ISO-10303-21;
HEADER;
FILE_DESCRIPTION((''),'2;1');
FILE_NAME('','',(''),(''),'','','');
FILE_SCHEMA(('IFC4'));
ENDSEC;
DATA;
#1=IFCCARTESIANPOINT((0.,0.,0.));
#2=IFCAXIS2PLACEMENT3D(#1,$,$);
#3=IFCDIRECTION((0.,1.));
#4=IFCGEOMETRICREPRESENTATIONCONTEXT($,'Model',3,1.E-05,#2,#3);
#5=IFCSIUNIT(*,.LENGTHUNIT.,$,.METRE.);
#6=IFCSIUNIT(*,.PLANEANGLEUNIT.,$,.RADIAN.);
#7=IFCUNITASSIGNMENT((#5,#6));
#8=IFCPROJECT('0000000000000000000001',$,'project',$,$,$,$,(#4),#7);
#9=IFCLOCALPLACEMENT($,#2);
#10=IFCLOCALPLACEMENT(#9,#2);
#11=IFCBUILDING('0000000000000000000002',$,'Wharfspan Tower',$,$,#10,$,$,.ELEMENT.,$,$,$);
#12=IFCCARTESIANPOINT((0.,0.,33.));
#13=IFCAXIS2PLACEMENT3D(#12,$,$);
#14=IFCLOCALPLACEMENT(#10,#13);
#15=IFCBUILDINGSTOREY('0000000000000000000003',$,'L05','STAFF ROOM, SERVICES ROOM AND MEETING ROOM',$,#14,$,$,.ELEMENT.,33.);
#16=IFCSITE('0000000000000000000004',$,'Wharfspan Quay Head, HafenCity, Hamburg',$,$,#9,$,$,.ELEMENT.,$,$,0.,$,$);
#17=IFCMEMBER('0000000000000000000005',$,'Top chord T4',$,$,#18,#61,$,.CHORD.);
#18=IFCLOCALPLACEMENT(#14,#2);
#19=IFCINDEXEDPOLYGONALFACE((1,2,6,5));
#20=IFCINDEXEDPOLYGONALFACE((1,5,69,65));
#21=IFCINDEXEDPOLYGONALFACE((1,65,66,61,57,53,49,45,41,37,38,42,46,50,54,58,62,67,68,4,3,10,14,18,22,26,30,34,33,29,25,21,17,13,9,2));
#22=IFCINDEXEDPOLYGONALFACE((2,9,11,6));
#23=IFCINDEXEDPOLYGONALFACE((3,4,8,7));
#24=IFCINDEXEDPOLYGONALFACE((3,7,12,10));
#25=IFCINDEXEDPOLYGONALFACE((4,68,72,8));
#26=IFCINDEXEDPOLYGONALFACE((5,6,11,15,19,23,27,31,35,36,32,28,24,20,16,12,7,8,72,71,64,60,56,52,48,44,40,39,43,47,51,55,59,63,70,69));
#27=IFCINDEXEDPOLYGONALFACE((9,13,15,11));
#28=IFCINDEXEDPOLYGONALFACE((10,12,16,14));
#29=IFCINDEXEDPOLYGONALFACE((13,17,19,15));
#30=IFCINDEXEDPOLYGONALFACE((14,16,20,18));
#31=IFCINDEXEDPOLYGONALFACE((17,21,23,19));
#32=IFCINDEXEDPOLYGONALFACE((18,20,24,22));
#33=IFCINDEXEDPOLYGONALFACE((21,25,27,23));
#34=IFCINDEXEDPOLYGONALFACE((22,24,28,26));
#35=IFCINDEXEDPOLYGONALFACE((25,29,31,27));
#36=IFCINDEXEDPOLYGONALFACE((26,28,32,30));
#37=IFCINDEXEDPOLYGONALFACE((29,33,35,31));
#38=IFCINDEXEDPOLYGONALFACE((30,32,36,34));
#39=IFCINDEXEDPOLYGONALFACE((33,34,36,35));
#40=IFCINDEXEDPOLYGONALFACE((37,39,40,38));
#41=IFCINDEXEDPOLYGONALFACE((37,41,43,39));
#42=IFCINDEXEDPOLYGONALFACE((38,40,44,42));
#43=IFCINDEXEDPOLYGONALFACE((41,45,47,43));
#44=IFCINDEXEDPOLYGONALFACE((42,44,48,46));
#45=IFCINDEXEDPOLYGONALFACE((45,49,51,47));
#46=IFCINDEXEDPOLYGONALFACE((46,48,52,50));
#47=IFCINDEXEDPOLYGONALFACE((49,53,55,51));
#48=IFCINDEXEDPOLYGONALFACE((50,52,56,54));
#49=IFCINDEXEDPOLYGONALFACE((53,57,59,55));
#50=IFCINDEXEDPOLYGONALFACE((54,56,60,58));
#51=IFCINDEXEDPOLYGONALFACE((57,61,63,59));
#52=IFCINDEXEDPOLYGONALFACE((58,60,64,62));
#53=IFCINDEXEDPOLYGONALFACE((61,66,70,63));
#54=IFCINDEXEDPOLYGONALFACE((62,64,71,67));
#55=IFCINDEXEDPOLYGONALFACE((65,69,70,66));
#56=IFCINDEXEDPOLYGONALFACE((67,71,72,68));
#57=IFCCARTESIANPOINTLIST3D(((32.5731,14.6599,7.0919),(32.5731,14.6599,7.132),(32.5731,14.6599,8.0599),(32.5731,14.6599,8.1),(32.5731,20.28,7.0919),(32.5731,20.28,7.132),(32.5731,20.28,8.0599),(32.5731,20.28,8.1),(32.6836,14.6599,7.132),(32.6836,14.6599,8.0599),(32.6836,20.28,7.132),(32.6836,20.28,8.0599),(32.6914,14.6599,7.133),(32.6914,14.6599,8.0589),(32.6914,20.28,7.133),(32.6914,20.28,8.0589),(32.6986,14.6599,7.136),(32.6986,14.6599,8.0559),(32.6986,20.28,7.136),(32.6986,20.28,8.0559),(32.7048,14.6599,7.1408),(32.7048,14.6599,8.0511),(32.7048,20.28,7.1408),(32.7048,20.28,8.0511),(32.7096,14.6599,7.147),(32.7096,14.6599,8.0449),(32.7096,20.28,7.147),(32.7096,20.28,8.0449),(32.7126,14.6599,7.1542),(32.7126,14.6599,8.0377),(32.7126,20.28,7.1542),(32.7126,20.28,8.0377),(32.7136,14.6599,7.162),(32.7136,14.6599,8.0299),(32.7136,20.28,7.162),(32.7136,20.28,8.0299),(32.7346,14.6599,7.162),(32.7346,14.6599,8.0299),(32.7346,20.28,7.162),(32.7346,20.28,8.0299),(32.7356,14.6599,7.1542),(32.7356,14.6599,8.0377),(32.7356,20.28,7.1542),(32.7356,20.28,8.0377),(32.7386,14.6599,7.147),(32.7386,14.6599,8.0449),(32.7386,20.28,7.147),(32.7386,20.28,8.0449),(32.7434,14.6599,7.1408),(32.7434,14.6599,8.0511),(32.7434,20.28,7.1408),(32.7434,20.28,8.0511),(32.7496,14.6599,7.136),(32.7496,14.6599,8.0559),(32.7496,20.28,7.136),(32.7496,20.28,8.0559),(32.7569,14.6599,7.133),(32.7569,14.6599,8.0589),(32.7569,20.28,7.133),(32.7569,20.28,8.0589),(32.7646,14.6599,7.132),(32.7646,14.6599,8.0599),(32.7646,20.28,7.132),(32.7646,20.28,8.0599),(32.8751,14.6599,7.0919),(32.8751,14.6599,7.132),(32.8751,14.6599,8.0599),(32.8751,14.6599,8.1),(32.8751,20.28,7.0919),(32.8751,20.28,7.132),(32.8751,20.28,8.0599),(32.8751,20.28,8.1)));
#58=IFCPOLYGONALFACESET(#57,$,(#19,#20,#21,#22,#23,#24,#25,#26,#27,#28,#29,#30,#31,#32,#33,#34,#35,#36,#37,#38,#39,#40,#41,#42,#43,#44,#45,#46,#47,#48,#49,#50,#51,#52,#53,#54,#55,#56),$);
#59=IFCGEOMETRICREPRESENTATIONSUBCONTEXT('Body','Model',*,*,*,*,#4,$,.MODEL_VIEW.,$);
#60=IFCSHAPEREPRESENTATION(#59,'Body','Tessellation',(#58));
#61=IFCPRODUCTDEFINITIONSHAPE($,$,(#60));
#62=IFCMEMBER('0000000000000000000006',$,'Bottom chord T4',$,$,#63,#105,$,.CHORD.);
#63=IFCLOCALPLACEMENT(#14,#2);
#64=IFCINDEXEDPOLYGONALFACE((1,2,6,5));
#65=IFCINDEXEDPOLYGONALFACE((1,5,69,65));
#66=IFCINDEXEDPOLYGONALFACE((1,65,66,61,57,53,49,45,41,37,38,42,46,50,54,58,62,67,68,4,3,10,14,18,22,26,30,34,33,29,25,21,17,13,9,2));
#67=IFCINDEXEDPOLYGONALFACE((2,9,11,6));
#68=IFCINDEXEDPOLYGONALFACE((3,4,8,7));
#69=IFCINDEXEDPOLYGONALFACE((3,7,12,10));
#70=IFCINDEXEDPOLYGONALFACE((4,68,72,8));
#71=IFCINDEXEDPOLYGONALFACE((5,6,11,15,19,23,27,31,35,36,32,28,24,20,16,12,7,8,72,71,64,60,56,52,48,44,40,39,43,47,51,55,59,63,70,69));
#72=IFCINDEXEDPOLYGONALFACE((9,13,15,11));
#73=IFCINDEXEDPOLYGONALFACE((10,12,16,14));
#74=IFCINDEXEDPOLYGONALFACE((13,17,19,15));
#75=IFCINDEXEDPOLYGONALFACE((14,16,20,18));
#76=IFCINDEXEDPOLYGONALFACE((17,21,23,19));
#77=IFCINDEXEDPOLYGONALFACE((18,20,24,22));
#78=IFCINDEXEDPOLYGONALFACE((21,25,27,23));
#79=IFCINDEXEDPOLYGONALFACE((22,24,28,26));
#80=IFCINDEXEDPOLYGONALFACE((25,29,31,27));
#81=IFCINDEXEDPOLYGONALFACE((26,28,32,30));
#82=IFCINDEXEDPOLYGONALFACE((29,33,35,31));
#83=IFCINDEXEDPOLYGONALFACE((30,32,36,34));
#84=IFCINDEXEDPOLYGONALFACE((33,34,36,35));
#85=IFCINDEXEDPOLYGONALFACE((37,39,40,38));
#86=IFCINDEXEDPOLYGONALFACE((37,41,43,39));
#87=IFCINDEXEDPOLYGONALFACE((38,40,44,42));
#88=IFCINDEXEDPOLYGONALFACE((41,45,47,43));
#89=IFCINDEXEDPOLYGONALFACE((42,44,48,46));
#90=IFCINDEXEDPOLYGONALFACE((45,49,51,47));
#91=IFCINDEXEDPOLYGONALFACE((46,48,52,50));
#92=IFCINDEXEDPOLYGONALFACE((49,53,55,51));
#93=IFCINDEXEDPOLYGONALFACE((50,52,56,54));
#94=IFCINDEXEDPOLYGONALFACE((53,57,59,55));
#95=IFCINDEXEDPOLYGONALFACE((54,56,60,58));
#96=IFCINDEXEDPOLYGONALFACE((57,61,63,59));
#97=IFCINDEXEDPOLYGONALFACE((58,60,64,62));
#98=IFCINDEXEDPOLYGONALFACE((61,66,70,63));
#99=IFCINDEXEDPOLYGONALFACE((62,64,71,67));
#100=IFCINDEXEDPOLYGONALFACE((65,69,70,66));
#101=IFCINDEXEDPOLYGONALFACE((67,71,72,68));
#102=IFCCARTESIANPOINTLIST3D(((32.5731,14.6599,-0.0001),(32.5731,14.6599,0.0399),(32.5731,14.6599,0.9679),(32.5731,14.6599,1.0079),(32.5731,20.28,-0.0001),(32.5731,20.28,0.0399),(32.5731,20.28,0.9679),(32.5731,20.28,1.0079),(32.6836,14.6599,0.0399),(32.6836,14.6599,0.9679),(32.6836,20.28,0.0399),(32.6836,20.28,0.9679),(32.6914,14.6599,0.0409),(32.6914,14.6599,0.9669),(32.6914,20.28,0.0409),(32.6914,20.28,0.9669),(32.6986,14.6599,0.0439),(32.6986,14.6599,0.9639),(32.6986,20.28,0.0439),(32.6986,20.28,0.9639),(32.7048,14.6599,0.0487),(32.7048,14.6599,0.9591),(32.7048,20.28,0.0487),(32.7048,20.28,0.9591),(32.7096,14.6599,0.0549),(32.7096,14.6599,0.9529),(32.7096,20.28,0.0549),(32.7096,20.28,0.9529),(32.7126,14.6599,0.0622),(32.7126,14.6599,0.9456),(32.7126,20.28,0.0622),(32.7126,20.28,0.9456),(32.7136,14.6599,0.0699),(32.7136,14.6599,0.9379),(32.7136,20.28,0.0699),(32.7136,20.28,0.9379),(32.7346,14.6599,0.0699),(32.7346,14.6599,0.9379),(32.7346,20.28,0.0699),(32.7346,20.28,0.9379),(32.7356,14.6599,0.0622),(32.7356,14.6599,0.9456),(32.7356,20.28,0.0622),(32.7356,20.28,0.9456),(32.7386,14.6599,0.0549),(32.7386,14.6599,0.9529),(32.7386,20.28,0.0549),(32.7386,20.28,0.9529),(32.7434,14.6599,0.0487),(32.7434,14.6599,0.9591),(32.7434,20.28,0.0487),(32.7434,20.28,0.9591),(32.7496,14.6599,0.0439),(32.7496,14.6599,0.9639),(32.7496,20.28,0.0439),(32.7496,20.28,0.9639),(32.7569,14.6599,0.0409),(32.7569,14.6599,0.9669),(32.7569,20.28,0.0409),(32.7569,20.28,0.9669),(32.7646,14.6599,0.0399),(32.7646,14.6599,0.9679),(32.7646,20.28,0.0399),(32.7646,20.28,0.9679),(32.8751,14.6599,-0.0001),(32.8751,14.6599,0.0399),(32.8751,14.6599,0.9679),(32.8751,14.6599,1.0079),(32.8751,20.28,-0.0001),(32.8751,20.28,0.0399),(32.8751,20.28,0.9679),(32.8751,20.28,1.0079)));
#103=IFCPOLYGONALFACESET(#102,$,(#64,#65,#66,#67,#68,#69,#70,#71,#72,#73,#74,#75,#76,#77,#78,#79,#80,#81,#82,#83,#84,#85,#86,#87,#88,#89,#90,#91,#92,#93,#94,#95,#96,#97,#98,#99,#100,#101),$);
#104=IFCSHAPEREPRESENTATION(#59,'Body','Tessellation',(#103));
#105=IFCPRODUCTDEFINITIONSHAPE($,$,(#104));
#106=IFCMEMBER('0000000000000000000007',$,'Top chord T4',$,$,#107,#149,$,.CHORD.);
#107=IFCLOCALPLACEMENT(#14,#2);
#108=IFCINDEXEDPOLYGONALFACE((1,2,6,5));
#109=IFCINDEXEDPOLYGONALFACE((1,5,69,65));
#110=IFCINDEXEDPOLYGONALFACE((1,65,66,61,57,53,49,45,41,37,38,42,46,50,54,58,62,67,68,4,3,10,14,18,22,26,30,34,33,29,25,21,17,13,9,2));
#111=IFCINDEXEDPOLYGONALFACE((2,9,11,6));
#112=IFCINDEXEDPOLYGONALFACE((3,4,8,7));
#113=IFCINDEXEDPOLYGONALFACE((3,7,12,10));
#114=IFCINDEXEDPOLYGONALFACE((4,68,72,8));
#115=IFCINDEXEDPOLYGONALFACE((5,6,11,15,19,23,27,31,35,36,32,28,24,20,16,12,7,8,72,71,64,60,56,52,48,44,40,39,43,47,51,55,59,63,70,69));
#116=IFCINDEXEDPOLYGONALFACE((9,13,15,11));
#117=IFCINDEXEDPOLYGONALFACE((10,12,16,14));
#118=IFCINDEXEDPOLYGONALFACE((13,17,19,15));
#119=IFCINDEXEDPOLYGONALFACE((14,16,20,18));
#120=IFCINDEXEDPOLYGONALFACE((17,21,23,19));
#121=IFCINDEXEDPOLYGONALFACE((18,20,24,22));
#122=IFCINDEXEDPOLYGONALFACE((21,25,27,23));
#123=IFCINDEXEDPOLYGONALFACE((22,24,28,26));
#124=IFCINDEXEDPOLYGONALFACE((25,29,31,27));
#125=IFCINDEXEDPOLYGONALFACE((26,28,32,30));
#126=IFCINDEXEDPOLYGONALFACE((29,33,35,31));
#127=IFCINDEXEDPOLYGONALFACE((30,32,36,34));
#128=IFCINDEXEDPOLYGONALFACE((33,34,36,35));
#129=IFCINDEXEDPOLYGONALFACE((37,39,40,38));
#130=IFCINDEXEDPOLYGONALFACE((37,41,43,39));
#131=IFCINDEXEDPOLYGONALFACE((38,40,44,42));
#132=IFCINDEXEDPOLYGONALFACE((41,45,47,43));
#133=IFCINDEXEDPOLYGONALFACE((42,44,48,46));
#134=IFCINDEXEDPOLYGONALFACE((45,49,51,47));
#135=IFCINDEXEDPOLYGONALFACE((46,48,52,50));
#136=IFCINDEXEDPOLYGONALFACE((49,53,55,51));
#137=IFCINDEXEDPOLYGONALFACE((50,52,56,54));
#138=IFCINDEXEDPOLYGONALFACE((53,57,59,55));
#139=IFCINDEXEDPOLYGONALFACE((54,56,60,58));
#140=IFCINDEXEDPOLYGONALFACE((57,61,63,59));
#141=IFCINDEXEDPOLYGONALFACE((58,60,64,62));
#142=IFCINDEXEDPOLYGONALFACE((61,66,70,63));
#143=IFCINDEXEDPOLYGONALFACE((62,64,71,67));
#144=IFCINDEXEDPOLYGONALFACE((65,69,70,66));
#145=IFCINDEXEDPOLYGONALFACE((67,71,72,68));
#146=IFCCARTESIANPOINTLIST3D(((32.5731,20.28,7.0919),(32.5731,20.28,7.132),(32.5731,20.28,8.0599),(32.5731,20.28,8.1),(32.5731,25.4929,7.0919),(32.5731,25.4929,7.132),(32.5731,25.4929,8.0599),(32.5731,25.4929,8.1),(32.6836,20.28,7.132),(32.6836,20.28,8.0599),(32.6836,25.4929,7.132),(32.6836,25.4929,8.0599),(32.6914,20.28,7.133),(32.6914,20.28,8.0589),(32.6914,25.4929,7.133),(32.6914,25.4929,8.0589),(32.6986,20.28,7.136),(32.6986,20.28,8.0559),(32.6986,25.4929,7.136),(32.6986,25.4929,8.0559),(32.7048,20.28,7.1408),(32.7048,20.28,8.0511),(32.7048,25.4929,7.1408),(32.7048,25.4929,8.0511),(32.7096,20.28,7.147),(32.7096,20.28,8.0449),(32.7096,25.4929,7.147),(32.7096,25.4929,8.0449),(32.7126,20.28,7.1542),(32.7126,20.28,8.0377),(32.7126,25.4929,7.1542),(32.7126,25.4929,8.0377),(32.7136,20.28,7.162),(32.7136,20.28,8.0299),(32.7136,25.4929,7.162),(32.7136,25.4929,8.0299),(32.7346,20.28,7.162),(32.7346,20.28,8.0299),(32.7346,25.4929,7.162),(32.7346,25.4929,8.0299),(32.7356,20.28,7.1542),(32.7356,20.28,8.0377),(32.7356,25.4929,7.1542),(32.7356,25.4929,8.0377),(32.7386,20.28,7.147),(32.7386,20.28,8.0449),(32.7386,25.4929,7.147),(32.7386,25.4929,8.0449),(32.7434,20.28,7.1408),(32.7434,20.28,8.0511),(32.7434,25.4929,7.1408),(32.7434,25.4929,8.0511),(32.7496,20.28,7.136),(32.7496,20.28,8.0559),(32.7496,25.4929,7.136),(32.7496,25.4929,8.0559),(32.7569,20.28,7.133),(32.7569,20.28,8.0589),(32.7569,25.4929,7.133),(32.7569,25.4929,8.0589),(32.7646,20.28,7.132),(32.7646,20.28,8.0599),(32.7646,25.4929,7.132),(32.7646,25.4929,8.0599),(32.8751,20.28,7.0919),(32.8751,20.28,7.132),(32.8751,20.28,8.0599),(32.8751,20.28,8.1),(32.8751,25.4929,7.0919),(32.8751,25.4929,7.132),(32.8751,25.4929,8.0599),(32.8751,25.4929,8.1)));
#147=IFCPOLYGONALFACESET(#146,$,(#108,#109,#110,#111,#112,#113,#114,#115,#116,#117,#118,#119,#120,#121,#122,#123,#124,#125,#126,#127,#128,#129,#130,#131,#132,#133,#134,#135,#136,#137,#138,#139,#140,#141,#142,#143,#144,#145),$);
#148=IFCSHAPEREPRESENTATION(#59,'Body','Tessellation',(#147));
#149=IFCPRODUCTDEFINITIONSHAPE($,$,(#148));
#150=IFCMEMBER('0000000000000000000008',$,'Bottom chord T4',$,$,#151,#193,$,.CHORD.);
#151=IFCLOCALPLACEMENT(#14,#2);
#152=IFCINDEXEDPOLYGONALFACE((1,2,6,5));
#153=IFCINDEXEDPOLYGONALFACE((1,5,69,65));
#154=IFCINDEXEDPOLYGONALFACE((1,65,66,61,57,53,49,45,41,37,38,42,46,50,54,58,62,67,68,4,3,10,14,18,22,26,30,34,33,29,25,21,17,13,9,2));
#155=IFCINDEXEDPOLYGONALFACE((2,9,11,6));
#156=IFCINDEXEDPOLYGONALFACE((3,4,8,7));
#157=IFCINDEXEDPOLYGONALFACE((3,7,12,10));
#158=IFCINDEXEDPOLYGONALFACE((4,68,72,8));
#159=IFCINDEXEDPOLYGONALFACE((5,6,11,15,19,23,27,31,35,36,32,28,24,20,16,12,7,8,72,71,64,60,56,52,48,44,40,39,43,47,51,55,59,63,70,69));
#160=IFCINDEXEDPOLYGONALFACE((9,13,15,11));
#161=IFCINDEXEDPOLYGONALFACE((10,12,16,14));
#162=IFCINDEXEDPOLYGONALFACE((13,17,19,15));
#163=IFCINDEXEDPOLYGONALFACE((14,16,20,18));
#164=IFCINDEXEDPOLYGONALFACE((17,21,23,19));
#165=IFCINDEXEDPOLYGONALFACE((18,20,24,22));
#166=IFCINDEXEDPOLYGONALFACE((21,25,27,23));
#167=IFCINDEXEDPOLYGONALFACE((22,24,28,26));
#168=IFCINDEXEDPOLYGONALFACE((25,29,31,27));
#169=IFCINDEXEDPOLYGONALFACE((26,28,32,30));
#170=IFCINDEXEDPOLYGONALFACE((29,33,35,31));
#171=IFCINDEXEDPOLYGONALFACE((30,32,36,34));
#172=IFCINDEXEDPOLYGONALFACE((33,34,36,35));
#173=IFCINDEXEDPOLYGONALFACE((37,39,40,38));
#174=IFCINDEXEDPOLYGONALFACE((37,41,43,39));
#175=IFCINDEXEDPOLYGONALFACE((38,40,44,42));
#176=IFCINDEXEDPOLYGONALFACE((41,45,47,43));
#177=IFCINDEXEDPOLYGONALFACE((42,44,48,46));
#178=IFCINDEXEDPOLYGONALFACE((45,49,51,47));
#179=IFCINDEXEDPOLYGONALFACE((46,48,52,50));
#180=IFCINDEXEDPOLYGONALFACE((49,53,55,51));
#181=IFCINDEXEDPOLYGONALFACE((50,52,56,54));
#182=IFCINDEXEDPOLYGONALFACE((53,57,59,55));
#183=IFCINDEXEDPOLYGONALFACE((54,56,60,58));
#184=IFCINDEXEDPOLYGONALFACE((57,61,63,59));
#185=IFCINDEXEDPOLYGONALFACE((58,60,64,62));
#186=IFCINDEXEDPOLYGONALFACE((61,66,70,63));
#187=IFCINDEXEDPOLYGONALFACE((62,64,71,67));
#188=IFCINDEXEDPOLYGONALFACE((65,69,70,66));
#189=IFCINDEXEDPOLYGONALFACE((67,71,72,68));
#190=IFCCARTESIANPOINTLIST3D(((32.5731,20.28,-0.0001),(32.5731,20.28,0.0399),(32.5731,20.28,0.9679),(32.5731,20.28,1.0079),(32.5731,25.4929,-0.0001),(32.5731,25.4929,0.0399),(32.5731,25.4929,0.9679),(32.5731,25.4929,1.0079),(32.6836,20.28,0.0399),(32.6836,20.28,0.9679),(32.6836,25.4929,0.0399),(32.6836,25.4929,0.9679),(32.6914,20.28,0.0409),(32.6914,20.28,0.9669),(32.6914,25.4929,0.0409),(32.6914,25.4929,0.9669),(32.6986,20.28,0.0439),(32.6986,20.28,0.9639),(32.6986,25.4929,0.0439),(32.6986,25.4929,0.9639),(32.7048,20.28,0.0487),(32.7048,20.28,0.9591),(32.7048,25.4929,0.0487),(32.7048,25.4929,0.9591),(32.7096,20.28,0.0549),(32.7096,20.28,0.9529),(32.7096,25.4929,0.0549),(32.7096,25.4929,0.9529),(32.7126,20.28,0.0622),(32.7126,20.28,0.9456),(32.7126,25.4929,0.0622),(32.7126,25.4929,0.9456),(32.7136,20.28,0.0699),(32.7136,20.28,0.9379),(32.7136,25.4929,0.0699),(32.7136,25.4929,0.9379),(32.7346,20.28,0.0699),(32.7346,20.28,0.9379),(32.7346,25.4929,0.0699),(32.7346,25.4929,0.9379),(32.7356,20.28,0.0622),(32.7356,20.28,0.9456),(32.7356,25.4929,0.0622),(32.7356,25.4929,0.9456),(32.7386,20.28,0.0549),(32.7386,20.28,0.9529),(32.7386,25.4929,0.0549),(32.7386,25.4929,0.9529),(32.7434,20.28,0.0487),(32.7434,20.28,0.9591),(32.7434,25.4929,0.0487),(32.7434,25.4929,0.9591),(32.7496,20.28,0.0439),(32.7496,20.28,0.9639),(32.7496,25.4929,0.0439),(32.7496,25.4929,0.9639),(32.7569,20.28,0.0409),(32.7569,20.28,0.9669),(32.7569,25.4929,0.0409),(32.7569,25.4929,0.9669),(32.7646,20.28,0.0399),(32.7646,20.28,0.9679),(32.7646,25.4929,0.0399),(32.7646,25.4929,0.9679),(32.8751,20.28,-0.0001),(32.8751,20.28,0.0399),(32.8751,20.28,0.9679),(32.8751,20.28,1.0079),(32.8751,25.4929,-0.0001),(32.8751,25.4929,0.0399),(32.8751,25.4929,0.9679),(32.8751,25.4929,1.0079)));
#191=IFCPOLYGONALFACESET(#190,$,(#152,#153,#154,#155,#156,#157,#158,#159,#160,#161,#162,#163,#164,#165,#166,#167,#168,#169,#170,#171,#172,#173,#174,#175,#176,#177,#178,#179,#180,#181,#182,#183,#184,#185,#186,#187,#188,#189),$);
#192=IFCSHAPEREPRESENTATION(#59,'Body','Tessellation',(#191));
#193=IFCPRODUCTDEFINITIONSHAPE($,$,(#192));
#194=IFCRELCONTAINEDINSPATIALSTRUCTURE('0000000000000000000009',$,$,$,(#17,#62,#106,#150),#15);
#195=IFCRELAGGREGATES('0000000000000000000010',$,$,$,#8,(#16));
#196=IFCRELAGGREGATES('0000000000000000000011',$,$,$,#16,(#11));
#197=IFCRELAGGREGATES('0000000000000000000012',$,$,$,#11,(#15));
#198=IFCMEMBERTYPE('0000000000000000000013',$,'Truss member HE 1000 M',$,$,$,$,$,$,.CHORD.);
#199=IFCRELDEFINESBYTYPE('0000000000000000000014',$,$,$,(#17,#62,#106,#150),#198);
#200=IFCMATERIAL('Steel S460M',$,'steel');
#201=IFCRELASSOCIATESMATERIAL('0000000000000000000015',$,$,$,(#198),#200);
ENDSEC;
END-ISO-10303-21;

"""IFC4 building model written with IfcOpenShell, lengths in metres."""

from ifc_helpers import new_model, si_unit, direction, frame, origin, origin_2d, place, context, subcontext, project, spatial, i_section, extrude, material, material_profile, profile_set, type_object, element, save


model = new_model("IFC4")

# Units and contexts
model_context = context("Model", 3, precision=1e-05, world=origin(), true_north=direction((0.0, 1.0)))
body_context = subcontext(model_context, "Body", "Model", "MODEL_VIEW")
ifc_project = project(units=[si_unit("LENGTHUNIT", "METRE"), si_unit("PLANEANGLEUNIT", "RADIAN")], contexts=[model_context])

# Site, building, storey
site_placement = place(None, origin())
site = spatial("IfcSite", under=ifc_project, at=site_placement, Name="Wharfspan Quay Head, HafenCity, Hamburg", CompositionType="ELEMENT", RefElevation=0.0)
building_placement = place(site_placement, origin())
building = spatial("IfcBuilding", under=site, at=building_placement, Name="Wharfspan Tower", CompositionType="ELEMENT")
storey_placement = place(building_placement, frame((0.0, 0.0, 33.0)))
storey = spatial("IfcBuildingStorey", under=building, at=storey_placement, Name="L05", Description="STAFF ROOM, SERVICES ROOM AND MEETING ROOM", CompositionType="ELEMENT", Elevation=33.0)

# Members
ifc_material_1 = material(Name="Steel S460M", Category="steel")
ifc_material_profile_1 = material_profile(ifc_material_1, i_section(OverallWidth=0.302, OverallDepth=1.0081, WebThickness=0.021, FlangeThickness=0.04, FilletRadius=0.03, at=origin_2d()))
ifc_profile_set_1 = profile_set([ifc_material_profile_1], Name="Steel S460M")
member_type_1 = type_object("IfcMemberType", Name="Truss member HE 1000 M", PredefinedType="CHORD", material=ifc_profile_set_1)
for number, where, z_axis, x_axis, name in (
    (1, (32.7241, 14.6599, 7.5959), (0.0, 1.0, 0.0), (-1.0, 0.0, 0.0), "Top chord T4"),
    (2, (32.7241, 14.6599, 0.5039), (0.0, 1.0, 0.0), (-1.0, 0.0, 0.0), "Bottom chord T4"),
):
    element("IfcMember", number, at=place(storey_placement, frame(where, z_axis=z_axis, x_axis=x_axis)), inside=storey, type_object=member_type_1, Name=name, PredefinedType="CHORD", context=body_context, shape_type="SweptSolid", body=[
        extrude(i_section(OverallWidth=0.302, OverallDepth=1.0081, WebThickness=0.021, FlangeThickness=0.04, FilletRadius=0.03, at=origin_2d()), origin(), (0.0, 0.0, 1.0), 5.6201),
    ])
for number, where, z_axis, x_axis, name in (
    (3, (32.7241, 20.28, 7.5959), (0.0, 1.0, 0.0), (-1.0, 0.0, 0.0), "Top chord T4"),
    (4, (32.7241, 20.28, 0.5039), (0.0, 1.0, 0.0), (-1.0, 0.0, 0.0), "Bottom chord T4"),
):
    element("IfcMember", number, at=place(storey_placement, frame(where, z_axis=z_axis, x_axis=x_axis)), inside=storey, type_object=member_type_1, Name=name, PredefinedType="CHORD", context=body_context, shape_type="SweptSolid", body=[
        extrude(i_section(OverallWidth=0.302, OverallDepth=1.0081, WebThickness=0.021, FlangeThickness=0.04, FilletRadius=0.03, at=origin_2d()), origin(), (0.0, 0.0, 1.0), 5.2129),
    ])

save(model, "model.ifc")
